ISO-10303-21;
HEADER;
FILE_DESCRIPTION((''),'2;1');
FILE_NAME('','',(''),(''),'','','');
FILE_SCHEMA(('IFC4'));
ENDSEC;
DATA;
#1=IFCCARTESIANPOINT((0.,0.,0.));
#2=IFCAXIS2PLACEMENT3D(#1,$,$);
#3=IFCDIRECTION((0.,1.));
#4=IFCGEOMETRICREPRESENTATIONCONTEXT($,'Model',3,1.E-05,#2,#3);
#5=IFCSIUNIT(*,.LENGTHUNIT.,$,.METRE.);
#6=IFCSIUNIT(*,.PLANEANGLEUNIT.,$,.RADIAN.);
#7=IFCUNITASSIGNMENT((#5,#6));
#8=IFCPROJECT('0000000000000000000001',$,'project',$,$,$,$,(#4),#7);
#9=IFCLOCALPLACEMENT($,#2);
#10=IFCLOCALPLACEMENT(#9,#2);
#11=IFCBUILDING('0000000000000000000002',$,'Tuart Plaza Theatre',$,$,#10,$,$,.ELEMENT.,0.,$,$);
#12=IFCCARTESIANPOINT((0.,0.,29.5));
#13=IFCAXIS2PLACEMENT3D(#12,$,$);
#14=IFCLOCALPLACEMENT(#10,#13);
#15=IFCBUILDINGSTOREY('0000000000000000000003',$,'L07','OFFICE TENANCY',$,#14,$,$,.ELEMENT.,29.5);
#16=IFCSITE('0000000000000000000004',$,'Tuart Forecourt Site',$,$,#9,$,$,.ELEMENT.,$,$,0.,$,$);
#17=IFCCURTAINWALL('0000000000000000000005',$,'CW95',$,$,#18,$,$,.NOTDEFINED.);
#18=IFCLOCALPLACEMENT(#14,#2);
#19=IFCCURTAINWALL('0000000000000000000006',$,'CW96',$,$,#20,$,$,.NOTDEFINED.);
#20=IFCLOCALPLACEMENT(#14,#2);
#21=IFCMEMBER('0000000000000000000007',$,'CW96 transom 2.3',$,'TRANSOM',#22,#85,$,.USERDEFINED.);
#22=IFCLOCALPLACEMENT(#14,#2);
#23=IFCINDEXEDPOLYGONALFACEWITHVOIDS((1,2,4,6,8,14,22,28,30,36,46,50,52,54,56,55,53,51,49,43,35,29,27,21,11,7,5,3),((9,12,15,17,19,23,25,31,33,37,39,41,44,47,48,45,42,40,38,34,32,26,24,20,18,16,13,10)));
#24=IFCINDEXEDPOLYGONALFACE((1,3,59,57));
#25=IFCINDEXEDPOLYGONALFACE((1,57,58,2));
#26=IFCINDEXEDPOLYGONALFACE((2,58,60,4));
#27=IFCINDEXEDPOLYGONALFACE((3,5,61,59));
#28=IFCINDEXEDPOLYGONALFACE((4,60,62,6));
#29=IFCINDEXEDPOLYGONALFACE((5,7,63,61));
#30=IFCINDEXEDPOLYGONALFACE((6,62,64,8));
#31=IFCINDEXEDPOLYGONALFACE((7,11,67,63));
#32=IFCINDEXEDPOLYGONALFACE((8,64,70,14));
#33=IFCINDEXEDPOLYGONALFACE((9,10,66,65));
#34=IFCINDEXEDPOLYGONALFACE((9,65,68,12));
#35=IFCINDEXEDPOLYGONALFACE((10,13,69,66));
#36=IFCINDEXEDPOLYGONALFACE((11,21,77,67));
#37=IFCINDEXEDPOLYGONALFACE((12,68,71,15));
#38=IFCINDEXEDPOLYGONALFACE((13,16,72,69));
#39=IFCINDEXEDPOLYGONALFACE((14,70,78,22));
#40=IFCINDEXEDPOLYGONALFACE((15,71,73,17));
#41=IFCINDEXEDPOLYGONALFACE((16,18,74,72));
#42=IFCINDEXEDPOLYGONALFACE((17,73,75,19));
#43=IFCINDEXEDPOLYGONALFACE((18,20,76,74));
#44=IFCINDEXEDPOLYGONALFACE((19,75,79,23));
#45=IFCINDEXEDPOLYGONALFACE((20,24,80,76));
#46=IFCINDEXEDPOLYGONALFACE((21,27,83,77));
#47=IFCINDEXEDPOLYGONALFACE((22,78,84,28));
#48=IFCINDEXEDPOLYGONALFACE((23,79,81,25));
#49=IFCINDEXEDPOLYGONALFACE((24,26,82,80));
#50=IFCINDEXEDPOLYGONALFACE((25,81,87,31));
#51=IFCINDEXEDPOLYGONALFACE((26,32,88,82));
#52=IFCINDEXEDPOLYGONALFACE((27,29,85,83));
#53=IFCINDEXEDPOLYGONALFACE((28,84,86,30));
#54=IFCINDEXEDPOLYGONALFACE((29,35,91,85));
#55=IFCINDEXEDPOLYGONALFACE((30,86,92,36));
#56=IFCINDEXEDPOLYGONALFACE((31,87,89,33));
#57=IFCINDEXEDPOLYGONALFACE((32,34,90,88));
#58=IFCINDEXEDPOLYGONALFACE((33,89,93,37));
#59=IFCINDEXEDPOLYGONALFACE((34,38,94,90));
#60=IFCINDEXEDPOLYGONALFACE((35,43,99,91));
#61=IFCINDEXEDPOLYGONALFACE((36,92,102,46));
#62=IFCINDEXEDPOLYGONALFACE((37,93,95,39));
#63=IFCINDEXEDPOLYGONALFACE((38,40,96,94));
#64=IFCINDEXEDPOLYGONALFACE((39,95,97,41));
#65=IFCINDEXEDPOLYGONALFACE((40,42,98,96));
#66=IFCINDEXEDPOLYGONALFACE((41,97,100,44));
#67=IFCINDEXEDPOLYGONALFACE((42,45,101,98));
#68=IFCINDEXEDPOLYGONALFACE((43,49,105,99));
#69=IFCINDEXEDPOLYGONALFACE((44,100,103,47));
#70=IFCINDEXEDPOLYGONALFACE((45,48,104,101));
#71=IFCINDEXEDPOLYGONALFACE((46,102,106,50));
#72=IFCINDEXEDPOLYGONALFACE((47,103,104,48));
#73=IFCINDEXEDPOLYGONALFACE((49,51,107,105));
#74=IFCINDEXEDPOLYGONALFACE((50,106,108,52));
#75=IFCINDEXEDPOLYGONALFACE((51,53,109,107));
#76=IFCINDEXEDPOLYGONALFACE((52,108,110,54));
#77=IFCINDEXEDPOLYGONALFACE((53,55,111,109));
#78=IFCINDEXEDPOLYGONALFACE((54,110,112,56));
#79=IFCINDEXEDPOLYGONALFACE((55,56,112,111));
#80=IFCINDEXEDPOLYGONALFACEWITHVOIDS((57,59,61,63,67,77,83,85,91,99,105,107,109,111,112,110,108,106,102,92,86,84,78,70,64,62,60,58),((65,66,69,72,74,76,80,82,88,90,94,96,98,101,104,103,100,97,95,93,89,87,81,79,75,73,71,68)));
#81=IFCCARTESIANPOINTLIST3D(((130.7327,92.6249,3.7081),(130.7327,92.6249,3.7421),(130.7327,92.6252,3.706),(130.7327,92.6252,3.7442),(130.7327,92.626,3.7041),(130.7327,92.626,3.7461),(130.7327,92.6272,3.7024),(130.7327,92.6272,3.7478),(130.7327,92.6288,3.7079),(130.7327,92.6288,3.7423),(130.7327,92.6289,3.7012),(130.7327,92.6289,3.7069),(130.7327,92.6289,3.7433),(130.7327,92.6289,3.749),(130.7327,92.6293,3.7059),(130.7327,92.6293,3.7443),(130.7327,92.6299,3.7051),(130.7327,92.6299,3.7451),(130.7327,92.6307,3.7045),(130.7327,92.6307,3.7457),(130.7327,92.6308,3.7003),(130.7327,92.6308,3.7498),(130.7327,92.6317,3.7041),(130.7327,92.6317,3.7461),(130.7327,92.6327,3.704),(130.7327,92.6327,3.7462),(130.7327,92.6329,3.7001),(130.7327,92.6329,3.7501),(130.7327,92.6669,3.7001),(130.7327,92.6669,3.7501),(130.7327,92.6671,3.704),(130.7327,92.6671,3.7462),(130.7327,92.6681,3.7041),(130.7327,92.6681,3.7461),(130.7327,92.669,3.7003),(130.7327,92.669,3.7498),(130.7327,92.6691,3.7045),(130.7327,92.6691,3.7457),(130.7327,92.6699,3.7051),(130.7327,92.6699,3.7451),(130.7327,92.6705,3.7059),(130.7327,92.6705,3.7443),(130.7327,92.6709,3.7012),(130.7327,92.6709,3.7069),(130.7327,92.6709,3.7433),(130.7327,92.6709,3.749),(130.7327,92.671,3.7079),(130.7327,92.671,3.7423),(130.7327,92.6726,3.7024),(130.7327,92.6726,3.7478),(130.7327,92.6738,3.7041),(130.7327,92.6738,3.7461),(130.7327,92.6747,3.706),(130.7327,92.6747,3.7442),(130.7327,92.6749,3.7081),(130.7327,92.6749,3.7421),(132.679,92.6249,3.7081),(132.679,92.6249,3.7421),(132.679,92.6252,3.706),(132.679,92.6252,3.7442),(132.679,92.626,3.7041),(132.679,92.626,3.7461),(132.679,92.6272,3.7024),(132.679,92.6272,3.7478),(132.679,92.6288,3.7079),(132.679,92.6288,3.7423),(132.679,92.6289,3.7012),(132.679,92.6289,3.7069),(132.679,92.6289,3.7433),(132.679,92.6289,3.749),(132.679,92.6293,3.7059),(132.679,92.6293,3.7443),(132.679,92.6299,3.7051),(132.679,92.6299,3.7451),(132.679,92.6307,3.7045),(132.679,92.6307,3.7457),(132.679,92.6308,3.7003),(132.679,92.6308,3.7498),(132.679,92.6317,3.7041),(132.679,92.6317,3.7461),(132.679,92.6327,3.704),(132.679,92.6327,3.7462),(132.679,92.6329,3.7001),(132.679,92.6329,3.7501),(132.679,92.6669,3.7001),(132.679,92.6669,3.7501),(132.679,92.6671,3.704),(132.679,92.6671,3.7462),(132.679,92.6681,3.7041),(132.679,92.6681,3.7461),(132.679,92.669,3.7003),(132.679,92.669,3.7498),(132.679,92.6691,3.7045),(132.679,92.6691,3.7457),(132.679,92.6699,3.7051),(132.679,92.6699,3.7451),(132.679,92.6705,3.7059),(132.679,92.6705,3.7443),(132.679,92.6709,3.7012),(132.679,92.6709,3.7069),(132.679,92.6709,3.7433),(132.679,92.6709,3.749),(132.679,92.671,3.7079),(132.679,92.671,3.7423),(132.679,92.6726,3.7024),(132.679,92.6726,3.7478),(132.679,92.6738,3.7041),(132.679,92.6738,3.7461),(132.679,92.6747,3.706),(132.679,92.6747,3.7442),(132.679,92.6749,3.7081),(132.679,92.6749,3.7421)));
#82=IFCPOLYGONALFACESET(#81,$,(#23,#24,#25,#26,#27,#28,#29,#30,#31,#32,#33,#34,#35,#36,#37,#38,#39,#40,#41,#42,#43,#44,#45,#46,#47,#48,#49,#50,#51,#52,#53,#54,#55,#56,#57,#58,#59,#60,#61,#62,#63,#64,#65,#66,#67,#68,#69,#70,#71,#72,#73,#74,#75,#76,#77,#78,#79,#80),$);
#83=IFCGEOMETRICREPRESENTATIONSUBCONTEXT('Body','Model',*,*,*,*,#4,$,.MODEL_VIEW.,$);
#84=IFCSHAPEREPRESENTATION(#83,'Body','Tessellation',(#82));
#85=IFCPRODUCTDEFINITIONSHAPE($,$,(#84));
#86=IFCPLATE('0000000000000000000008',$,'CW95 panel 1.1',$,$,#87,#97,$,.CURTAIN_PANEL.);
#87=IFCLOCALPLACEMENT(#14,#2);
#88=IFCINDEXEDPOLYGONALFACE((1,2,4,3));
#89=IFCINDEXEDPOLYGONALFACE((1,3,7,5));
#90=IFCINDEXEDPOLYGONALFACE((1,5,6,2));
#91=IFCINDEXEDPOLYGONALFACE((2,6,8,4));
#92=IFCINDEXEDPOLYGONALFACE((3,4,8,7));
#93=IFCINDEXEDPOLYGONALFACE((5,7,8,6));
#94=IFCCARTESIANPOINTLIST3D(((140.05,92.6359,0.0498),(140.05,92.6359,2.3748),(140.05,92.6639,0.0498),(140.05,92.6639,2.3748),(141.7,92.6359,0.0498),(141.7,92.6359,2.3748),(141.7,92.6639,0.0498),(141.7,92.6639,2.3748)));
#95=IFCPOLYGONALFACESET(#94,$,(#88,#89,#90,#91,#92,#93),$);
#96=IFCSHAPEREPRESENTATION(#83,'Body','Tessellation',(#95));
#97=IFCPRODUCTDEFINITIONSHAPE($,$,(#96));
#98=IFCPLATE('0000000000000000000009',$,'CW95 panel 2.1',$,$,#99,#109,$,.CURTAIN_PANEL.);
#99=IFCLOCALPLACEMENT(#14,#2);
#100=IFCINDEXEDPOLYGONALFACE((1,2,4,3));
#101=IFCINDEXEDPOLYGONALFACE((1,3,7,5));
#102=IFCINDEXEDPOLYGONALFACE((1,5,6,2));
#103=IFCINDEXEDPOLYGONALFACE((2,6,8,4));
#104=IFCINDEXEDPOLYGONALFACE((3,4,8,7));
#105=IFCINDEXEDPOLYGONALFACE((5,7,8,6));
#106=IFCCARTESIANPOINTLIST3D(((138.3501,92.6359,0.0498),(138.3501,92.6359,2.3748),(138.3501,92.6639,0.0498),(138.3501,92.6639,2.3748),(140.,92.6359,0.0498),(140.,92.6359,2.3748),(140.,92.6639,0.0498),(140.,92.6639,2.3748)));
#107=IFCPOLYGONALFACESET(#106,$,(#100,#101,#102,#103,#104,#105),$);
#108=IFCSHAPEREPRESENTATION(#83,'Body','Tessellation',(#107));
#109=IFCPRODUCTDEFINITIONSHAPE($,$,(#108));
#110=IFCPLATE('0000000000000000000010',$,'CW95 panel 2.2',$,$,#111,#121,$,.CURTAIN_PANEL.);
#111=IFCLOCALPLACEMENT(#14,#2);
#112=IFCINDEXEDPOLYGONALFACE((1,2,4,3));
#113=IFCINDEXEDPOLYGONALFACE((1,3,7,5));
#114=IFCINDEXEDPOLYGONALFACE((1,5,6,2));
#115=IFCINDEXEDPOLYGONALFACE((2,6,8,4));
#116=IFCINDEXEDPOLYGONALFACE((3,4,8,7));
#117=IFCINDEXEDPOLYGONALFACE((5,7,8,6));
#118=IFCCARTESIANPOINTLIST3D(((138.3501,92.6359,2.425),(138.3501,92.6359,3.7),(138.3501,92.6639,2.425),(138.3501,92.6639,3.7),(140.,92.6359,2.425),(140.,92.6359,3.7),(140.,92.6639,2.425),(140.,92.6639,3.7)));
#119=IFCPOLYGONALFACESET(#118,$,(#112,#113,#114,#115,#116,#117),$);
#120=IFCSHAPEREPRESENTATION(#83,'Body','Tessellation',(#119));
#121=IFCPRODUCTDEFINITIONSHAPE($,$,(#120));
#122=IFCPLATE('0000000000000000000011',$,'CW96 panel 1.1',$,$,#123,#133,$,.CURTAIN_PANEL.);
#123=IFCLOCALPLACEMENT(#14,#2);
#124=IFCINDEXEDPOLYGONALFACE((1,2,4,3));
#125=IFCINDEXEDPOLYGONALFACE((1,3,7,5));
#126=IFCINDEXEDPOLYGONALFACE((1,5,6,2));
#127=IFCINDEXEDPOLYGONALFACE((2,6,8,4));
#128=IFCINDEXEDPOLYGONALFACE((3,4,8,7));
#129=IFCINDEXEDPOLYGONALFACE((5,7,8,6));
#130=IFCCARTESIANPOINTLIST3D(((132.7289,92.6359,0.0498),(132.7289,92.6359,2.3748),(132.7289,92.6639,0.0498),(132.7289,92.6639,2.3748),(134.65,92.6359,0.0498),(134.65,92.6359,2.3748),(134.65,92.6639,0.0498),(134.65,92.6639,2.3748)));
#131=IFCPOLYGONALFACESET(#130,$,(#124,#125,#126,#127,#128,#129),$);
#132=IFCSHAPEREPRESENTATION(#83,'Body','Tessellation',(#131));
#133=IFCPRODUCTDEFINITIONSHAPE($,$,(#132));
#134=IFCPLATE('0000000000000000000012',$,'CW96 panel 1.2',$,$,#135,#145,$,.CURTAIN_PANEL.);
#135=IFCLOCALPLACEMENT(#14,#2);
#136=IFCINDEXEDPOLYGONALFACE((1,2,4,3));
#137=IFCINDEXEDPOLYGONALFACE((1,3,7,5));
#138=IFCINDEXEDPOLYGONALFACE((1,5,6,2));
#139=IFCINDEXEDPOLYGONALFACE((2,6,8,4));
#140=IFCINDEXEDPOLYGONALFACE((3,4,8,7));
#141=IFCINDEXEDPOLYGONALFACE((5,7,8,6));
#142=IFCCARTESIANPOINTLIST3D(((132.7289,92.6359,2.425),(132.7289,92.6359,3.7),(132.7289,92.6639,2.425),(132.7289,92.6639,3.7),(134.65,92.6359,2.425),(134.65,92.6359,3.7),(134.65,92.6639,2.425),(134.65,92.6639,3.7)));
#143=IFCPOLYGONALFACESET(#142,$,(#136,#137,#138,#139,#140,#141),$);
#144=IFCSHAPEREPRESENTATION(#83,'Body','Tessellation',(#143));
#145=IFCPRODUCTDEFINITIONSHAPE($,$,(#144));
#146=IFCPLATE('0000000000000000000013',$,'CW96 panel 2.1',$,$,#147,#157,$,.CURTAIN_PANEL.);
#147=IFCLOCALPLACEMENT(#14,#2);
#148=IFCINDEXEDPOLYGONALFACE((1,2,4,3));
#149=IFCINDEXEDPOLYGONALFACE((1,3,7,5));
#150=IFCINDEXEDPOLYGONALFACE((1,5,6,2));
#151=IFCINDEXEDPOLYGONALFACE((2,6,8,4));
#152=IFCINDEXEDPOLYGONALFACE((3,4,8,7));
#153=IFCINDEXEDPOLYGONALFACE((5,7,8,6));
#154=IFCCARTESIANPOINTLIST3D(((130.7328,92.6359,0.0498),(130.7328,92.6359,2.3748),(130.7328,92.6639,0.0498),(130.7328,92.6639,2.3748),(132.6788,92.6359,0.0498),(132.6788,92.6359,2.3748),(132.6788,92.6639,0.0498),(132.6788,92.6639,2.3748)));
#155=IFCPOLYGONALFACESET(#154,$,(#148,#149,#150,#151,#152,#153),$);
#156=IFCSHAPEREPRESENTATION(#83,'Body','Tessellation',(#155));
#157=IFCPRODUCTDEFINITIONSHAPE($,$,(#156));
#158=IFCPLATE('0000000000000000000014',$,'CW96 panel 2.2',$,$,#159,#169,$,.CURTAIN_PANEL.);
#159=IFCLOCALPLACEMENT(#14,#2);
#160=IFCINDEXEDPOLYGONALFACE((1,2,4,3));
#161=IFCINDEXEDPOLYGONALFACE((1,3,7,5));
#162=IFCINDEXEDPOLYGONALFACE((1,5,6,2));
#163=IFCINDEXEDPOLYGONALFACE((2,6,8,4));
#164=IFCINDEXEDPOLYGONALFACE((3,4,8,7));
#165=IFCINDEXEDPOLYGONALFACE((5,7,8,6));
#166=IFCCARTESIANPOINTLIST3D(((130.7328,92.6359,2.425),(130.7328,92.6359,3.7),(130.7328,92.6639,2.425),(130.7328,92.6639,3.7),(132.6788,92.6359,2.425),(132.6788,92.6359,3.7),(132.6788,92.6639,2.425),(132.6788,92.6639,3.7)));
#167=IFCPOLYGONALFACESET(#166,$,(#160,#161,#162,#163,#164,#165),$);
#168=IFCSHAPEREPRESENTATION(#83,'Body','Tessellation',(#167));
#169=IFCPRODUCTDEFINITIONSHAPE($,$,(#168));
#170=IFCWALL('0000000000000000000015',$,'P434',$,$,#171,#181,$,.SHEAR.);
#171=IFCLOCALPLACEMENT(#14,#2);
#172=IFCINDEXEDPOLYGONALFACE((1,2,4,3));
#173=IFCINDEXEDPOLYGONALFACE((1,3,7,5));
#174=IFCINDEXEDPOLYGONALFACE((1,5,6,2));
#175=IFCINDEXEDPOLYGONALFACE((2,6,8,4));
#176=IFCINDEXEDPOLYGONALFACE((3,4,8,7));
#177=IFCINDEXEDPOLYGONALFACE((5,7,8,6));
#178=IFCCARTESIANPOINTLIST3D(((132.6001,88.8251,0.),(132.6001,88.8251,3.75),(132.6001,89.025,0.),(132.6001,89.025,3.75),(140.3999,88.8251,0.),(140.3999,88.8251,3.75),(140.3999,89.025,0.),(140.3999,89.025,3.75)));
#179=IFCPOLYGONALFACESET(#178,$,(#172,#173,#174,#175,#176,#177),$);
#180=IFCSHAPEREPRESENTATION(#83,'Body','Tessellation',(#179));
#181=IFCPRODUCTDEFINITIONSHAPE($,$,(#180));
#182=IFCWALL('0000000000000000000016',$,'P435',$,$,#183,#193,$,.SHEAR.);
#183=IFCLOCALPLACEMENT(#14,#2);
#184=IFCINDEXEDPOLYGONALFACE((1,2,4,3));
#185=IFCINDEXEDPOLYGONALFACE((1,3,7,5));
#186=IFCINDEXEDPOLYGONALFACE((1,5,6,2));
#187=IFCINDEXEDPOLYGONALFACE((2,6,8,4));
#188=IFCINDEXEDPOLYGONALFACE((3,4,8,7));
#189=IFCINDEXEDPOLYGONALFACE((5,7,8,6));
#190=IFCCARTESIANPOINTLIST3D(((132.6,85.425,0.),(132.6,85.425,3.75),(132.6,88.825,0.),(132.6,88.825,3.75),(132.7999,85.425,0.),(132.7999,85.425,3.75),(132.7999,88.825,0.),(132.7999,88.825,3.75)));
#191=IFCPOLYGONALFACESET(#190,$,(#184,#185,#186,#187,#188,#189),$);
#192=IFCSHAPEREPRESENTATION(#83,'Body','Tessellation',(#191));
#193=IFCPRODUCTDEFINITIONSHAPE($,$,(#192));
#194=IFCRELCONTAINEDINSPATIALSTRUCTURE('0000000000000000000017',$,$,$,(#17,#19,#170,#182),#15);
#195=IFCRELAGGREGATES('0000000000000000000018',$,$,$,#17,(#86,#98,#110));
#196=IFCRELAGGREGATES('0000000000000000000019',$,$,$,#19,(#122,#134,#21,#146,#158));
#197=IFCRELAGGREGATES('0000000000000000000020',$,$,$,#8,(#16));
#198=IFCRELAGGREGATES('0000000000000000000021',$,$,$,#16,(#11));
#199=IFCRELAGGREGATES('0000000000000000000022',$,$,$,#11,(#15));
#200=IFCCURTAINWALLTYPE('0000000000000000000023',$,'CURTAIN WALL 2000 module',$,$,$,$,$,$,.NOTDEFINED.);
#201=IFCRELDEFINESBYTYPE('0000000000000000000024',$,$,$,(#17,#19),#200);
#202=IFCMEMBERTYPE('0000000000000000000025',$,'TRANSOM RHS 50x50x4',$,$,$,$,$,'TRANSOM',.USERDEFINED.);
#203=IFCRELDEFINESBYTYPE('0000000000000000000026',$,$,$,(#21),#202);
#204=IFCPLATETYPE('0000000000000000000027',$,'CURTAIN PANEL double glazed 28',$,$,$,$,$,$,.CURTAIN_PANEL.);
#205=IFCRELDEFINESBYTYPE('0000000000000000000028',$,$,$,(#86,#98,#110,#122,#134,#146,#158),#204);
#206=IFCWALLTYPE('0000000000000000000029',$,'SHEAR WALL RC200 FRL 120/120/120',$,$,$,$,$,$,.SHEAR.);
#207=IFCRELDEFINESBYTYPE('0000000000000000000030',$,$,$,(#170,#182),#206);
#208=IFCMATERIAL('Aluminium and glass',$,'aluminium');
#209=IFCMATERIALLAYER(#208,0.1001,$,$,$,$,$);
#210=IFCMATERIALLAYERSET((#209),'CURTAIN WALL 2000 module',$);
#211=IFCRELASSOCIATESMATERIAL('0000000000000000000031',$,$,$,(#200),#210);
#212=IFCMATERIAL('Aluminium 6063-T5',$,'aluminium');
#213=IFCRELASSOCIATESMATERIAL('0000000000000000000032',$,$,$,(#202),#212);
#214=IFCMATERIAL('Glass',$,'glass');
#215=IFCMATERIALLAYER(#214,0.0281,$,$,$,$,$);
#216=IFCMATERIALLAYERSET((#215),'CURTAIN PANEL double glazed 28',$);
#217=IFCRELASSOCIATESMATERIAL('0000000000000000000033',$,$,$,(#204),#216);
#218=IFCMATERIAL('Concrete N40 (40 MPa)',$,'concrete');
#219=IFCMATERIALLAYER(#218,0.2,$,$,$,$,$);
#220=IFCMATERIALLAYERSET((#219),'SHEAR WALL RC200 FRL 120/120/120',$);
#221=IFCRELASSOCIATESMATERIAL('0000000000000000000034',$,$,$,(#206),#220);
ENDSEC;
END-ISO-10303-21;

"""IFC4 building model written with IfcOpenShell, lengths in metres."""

from ifc_helpers import new_model, si_unit, direction, frame, frame_2d, origin, origin_2d, place, context, subcontext, project, spatial, rectangle, hollow_rectangle, extrude, material, layer, layer_set, material_profile, profile_set, type_object, element, aggregate, save


model = new_model("IFC4")

# Units and contexts
model_context = context("Model", 3, precision=1e-05, world=origin(), true_north=direction((0.0, 1.0)))
body_context = subcontext(model_context, "Body", "Model", "MODEL_VIEW")
ifc_project = project(units=[si_unit("LENGTHUNIT", "METRE"), si_unit("PLANEANGLEUNIT", "RADIAN")], contexts=[model_context])

# Site, building, storey
site_placement = place(None, origin())
site = spatial("IfcSite", under=ifc_project, at=site_placement, Name="Tuart Forecourt Site", CompositionType="ELEMENT", RefElevation=0.0)
building_placement = place(site_placement, origin())
building = spatial("IfcBuilding", under=site, at=building_placement, Name="Tuart Plaza Theatre", CompositionType="ELEMENT", ElevationOfRefHeight=0.0)
storey_placement = place(building_placement, frame((0.0, 0.0, 29.5)))
storey = spatial("IfcBuildingStorey", under=building, at=storey_placement, Name="L07", Description="OFFICE TENANCY", CompositionType="ELEMENT", Elevation=29.5)

# Curtain walls
ifc_material_1 = material(Name="Aluminium and glass", Category="aluminium")
ifc_layer_1 = layer(ifc_material_1, 0.1001)
ifc_layer_set_1 = layer_set([ifc_layer_1], Name="CURTAIN WALL 2000 module")
curtain_wall_type = type_object("IfcCurtainWallType", Name="CURTAIN WALL 2000 module", PredefinedType="NOTDEFINED", material=ifc_layer_set_1)
curtain_wall_1_placement = place(storey_placement, origin())
curtain_wall_1 = element("IfcCurtainWall", 1, at=curtain_wall_1_placement, inside=storey, type_object=curtain_wall_type, Name="CW95", PredefinedType="NOTDEFINED")
curtain_wall_2_placement = place(storey_placement, origin())
curtain_wall_2 = element("IfcCurtainWall", 2, at=curtain_wall_2_placement, inside=storey, type_object=curtain_wall_type, Name="CW96", PredefinedType="NOTDEFINED")

# Member
ifc_material_2 = material(Name="Aluminium 6063-T5", Category="aluminium")
ifc_material_profile_1 = material_profile(ifc_material_2, hollow_rectangle(XDim=0.05, YDim=0.05, WallThickness=0.0039, InnerFilletRadius=0.0039, OuterFilletRadius=0.0081, at=origin_2d()), Name="RHS 50x50x4")
ifc_profile_set_1 = profile_set([ifc_material_profile_1], Name="Aluminium 6063-T5")
member_type_1 = type_object("IfcMemberType", Name="TRANSOM RHS 50x50x4", ElementType="TRANSOM", PredefinedType="USERDEFINED", material=ifc_profile_set_1)
member_1_placement = place(storey_placement, frame((132.679, 92.6499, 3.7251), z_axis=(-1.0, 0.0, 0.0), x_axis=(0.0, -1.0, 0.0)))
member_1 = element("IfcMember", 3, at=member_1_placement, type_object=member_type_1, Name="CW96 transom 2.3", ObjectType="TRANSOM", PredefinedType="USERDEFINED", context=body_context, shape_type="SweptSolid", body=[
    extrude(hollow_rectangle(XDim=0.05, YDim=0.05, WallThickness=0.0039, InnerFilletRadius=0.0039, OuterFilletRadius=0.0081, at=origin_2d()), origin(), (0.0, 0.0, 1.0), 1.9463),
])

# Plates
ifc_material_3 = material(Name="Glass", Category="glass")
ifc_layer_2 = layer(ifc_material_3, 0.0281)
ifc_layer_set_2 = layer_set([ifc_layer_2], Name="CURTAIN PANEL double glazed 28")
plate_type = type_object("IfcPlateType", Name="CURTAIN PANEL double glazed 28", PredefinedType="CURTAIN_PANEL", material=ifc_layer_set_2)
plate_1_placement = place(storey_placement, frame((140.875, 92.6499, 0.0498), z_axis=(0.0, 0.0, 1.0), x_axis=(-1.0, 0.0, 0.0)))
plate_1 = element("IfcPlate", 4, at=plate_1_placement, type_object=plate_type, Name="CW95 panel 1.1", PredefinedType="CURTAIN_PANEL", context=body_context, shape_type="SweptSolid", body=[
    extrude(rectangle(XDim=1.6499, YDim=0.0281, at=origin_2d()), origin(), (0.0, 0.0, 1.0), 2.325),
])
plate_2_placement = place(storey_placement, frame((139.175, 92.6499, 0.0498), z_axis=(0.0, 0.0, 1.0), x_axis=(-1.0, 0.0, 0.0)))
plate_2 = element("IfcPlate", 5, at=plate_2_placement, type_object=plate_type, Name="CW95 panel 2.1", PredefinedType="CURTAIN_PANEL", context=body_context, shape_type="SweptSolid", body=[
    extrude(rectangle(XDim=1.6499, YDim=0.0281, at=origin_2d()), origin(), (0.0, 0.0, 1.0), 2.325),
])
plate_3_placement = place(storey_placement, frame((139.175, 92.6499, 2.425), z_axis=(0.0, 0.0, 1.0), x_axis=(-1.0, 0.0, 0.0)))
plate_3 = element("IfcPlate", 6, at=plate_3_placement, type_object=plate_type, Name="CW95 panel 2.2", PredefinedType="CURTAIN_PANEL", context=body_context, shape_type="SweptSolid", body=[
    extrude(rectangle(XDim=1.6499, YDim=0.0281, at=origin_2d()), origin(), (0.0, 0.0, 1.0), 1.2749),
])
aggregate(curtain_wall_1, [plate_1, plate_2, plate_3])
plate_4_placement = place(storey_placement, frame((133.6895, 92.6499, 0.0498), z_axis=(0.0, 0.0, 1.0), x_axis=(-1.0, 0.0, 0.0)))
plate_4 = element("IfcPlate", 7, at=plate_4_placement, type_object=plate_type, Name="CW96 panel 1.1", PredefinedType="CURTAIN_PANEL", context=body_context, shape_type="SweptSolid", body=[
    extrude(rectangle(XDim=1.9211, YDim=0.0281, at=origin_2d()), origin(), (0.0, 0.0, 1.0), 2.325),
])
plate_5_placement = place(storey_placement, frame((133.6895, 92.6499, 2.425), z_axis=(0.0, 0.0, 1.0), x_axis=(-1.0, 0.0, 0.0)))
plate_5 = element("IfcPlate", 8, at=plate_5_placement, type_object=plate_type, Name="CW96 panel 1.2", PredefinedType="CURTAIN_PANEL", context=body_context, shape_type="SweptSolid", body=[
    extrude(rectangle(XDim=1.9211, YDim=0.0281, at=origin_2d()), origin(), (0.0, 0.0, 1.0), 1.2749),
])
plate_6_placement = place(storey_placement, frame((131.7058, 92.6499, 0.0498), z_axis=(0.0, 0.0, 1.0), x_axis=(-1.0, 0.0, 0.0)))
plate_6 = element("IfcPlate", 9, at=plate_6_placement, type_object=plate_type, Name="CW96 panel 2.1", PredefinedType="CURTAIN_PANEL", context=body_context, shape_type="SweptSolid", body=[
    extrude(rectangle(XDim=1.946, YDim=0.0281, at=origin_2d()), origin(), (0.0, 0.0, 1.0), 2.325),
])
plate_7_placement = place(storey_placement, frame((131.7058, 92.6499, 2.425), z_axis=(0.0, 0.0, 1.0), x_axis=(-1.0, 0.0, 0.0)))
plate_7 = element("IfcPlate", 10, at=plate_7_placement, type_object=plate_type, Name="CW96 panel 2.2", PredefinedType="CURTAIN_PANEL", context=body_context, shape_type="SweptSolid", body=[
    extrude(rectangle(XDim=1.946, YDim=0.0281, at=origin_2d()), origin(), (0.0, 0.0, 1.0), 1.2749),
])
aggregate(curtain_wall_2, [plate_4, plate_5, member_1, plate_6, plate_7])

# Walls
ifc_material_4 = material(Name="Concrete N40 (40 MPa)", Category="concrete")
ifc_layer_3 = layer(ifc_material_4, 0.2)
ifc_layer_set_3 = layer_set([ifc_layer_3], Name="SHEAR WALL RC200 FRL 120/120/120")
wall_type_1 = type_object("IfcWallType", Name="SHEAR WALL RC200 FRL 120/120/120", PredefinedType="SHEAR", material=ifc_layer_set_3)
wall_1_placement = place(storey_placement, frame((140.3999, 88.925, 0.0), z_axis=(0.0, 0.0, 1.0), x_axis=(-1.0, 0.0, 0.0)))
element("IfcWall", 11, at=wall_1_placement, inside=storey, type_object=wall_type_1, Name="P434", PredefinedType="SHEAR", context=body_context, shape_type="SweptSolid", body=[
    extrude(rectangle(XDim=7.7998, YDim=0.2, at=frame_2d((3.8999, 0.0))), origin(), (0.0, 0.0, 1.0), 3.75),
])
wall_2_placement = place(storey_placement, frame((132.7, 88.825, 0.0), z_axis=(0.0, 0.0, 1.0), x_axis=(0.0, -1.0, 0.0)))
element("IfcWall", 12, at=wall_2_placement, inside=storey, type_object=wall_type_1, Name="P435", PredefinedType="SHEAR", context=body_context, shape_type="SweptSolid", body=[
    extrude(rectangle(XDim=3.3999, YDim=0.2, at=frame_2d((1.7, 0.0))), origin(), (0.0, 0.0, 1.0), 3.75),
])

save(model, "model.ifc")
